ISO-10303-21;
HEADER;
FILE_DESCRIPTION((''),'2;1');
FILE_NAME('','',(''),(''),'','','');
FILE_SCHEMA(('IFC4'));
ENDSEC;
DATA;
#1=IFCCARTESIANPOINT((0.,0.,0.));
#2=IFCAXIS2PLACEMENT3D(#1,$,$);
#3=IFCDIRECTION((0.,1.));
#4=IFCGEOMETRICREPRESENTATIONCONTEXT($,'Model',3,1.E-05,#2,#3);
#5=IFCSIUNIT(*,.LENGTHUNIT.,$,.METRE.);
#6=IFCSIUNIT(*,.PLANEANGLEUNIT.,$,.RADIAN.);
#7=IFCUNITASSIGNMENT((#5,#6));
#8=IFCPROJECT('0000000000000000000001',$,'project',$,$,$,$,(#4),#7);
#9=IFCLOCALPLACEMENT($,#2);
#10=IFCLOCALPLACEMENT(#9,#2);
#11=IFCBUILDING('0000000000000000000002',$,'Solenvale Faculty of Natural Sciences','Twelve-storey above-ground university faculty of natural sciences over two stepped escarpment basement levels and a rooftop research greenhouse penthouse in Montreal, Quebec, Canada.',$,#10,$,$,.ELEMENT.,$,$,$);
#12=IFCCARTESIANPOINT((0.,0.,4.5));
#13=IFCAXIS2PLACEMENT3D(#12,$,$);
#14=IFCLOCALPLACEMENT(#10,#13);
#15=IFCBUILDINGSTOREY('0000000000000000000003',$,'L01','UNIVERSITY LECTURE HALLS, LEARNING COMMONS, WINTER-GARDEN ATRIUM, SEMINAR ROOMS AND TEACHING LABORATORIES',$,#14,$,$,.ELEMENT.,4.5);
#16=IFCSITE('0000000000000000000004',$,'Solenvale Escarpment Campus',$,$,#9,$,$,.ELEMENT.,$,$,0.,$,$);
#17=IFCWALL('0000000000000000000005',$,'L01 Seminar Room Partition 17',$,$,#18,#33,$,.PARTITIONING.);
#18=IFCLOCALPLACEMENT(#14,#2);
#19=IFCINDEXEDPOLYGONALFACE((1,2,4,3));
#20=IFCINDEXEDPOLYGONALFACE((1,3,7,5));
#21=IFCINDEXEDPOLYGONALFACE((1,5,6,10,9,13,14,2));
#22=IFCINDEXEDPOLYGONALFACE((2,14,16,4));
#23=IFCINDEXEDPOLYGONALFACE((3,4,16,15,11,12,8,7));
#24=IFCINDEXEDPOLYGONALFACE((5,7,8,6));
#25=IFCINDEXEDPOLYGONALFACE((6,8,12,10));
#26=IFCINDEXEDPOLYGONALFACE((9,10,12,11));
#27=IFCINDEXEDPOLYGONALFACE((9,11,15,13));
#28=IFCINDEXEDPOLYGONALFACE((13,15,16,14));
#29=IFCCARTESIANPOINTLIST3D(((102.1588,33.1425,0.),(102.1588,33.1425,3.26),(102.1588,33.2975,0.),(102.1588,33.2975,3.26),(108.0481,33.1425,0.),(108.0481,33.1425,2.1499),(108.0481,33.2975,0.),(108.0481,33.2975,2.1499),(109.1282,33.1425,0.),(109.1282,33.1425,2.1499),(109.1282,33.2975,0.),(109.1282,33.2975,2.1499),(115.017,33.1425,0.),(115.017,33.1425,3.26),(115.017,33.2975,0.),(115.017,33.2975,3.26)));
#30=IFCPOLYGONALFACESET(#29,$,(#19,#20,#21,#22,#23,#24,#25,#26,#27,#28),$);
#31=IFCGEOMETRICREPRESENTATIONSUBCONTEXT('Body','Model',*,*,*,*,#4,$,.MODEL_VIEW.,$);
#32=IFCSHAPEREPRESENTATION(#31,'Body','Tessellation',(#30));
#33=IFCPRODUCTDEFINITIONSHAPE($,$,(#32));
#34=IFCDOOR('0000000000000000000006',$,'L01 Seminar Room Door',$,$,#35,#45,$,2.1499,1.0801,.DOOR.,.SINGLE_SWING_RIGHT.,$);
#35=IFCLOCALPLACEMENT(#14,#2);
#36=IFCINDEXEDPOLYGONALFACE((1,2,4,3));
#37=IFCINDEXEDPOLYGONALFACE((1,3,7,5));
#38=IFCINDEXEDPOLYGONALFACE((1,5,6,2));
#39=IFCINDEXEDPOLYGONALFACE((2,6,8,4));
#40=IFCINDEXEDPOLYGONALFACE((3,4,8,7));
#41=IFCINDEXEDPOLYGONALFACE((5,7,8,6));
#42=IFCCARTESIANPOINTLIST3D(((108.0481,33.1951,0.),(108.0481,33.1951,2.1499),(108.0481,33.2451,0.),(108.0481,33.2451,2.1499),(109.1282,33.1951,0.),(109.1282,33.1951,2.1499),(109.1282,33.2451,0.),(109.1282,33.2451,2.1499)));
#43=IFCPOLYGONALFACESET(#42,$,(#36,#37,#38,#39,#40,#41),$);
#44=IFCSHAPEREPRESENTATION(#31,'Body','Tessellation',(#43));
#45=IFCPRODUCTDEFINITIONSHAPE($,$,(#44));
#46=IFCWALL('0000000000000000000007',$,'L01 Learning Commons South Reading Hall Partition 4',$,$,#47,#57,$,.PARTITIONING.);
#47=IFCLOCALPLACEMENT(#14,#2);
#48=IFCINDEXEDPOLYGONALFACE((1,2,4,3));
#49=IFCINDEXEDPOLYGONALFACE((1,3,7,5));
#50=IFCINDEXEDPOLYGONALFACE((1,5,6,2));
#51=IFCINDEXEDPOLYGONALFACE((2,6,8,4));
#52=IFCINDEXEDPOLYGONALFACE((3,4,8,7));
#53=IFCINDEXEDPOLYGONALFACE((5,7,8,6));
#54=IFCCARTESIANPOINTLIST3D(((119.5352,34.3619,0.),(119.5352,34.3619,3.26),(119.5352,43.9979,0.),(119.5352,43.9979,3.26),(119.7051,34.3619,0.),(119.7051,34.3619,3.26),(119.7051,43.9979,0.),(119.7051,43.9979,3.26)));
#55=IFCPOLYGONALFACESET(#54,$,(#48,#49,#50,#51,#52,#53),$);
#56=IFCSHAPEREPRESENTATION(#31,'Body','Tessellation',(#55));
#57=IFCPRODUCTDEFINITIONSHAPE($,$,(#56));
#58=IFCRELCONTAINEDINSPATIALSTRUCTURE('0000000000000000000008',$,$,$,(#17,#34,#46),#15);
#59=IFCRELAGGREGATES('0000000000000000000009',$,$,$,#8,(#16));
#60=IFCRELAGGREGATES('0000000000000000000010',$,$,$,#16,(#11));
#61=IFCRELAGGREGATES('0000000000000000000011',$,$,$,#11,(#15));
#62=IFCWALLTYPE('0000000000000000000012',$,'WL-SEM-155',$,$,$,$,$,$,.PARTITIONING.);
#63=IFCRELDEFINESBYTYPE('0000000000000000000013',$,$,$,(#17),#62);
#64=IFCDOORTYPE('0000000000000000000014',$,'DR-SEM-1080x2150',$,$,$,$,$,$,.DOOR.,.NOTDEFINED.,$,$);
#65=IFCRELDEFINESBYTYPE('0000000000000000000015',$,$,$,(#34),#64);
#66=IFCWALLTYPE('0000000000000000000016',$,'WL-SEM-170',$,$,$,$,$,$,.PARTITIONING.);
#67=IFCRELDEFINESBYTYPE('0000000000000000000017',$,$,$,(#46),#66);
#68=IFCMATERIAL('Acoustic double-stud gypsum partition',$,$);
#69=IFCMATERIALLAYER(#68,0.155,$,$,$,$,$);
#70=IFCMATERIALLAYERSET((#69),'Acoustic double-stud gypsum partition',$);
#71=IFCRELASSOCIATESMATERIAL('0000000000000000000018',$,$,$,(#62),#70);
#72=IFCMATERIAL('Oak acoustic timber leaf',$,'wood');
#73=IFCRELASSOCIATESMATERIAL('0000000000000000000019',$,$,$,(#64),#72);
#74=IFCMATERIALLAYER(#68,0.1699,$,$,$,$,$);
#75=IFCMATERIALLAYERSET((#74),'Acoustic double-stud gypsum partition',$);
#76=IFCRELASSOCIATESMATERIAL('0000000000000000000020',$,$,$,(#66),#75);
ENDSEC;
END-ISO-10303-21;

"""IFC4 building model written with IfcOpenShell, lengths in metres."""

from ifc_helpers import new_model, si_unit, direction, frame, frame_2d, origin, place, context, subcontext, project, spatial, rectangle, extrude, material, layer, layer_set, type_object, element, fill, save


model = new_model("IFC4")

# Units and contexts
model_context = context("Model", 3, precision=1e-05, world=origin(), true_north=direction((0.0, 1.0)))
body_context = subcontext(model_context, "Body", "Model", "MODEL_VIEW")
ifc_project = project(units=[si_unit("LENGTHUNIT", "METRE"), si_unit("PLANEANGLEUNIT", "RADIAN")], contexts=[model_context])

# Site, building, storey
site_placement = place(None, origin())
site = spatial("IfcSite", under=ifc_project, at=site_placement, Name="Solenvale Escarpment Campus", CompositionType="ELEMENT", RefElevation=0.0)
building_placement = place(site_placement, origin())
building = spatial("IfcBuilding", under=site, at=building_placement, Name="Solenvale Faculty of Natural Sciences", Description="Twelve-storey above-ground university faculty of natural sciences over two stepped escarpment basement levels and a rooftop research greenhouse penthouse in Montreal, Quebec, Canada.", CompositionType="ELEMENT")
storey_placement = place(building_placement, frame((0.0, 0.0, 4.5)))
storey = spatial("IfcBuildingStorey", under=building, at=storey_placement, Name="L01", Description="UNIVERSITY LECTURE HALLS, LEARNING COMMONS, WINTER-GARDEN ATRIUM, SEMINAR ROOMS AND TEACHING LABORATORIES", CompositionType="ELEMENT", Elevation=4.5)

# Wall, opening, door
ifc_material_1 = material(Name="Acoustic double-stud gypsum partition")
ifc_layer_1 = layer(ifc_material_1, 0.155)
ifc_layer_set_1 = layer_set([ifc_layer_1], Name="Acoustic double-stud gypsum partition")
wall_type_1 = type_object("IfcWallType", Name="WL-SEM-155", PredefinedType="PARTITIONING", material=ifc_layer_set_1)
wall_1_placement = place(storey_placement, frame((115.0171, 33.22, 0.0), z_axis=(0.0, 0.0, 1.0), x_axis=(-1.0, 0.0, 0.0)))
wall_1 = element("IfcWall", 1, at=wall_1_placement, inside=storey, type_object=wall_type_1, Name="L01 Seminar Room Partition 17", PredefinedType="PARTITIONING", context=body_context, shape_type="SweptSolid", body=[
    extrude(rectangle(XDim=12.8582, YDim=0.155, at=frame_2d((6.4292, 0.0))), origin(), (0.0, 0.0, 1.0), 3.26),
])
opening_1_placement = place(wall_1_placement, frame((5.8889, 0.0, 0.0)))
opening_1 = element("IfcOpeningElement", 2, at=opening_1_placement, cuts=wall_1, PredefinedType="OPENING", context=body_context, shape_type="SweptSolid", body=[
    extrude(rectangle(XDim=1.0801, YDim=2.1499, at=frame_2d((0.54, 1.075))), frame((0.0, 0.0874, 0.0), z_axis=(0.0, -1.0, 0.0), x_axis=(1.0, 0.0, 0.0)), (0.0, 0.0, 1.0), 0.175),
])
ifc_material_2 = material(Name="Oak acoustic timber leaf", Category="wood")
door_type = type_object("IfcDoorType", Name="DR-SEM-1080x2150", OperationType="NOTDEFINED", PredefinedType="DOOR", material=ifc_material_2)
door_placement = place(opening_1_placement, origin())
door = element("IfcDoor", 3, at=door_placement, inside=storey, type_object=door_type, Name="L01 Seminar Room Door", OperationType="SINGLE_SWING_RIGHT", OverallHeight=2.1499, OverallWidth=1.0801, PredefinedType="DOOR", context=body_context, shape_type="SweptSolid", body=[
    extrude(rectangle(XDim=1.0801, YDim=2.1499, at=frame_2d((0.54, 1.075))), frame((0.0, 0.0249, 0.0), z_axis=(0.0, -1.0, 0.0), x_axis=(1.0, 0.0, 0.0)), (0.0, 0.0, 1.0), 0.05),
])
fill(opening_1, door)

# Wall
ifc_layer_2 = layer(ifc_material_1, 0.1699)
ifc_layer_set_2 = layer_set([ifc_layer_2], Name="Acoustic double-stud gypsum partition")
wall_type_2 = type_object("IfcWallType", Name="WL-SEM-170", PredefinedType="PARTITIONING", material=ifc_layer_set_2)
wall_2_placement = place(storey_placement, frame((119.6201, 34.3621, 0.0), z_axis=(0.0, 0.0, 1.0), x_axis=(0.0, 1.0, 0.0)))
element("IfcWall", 4, at=wall_2_placement, inside=storey, type_object=wall_type_2, Name="L01 Learning Commons South Reading Hall Partition 4", PredefinedType="PARTITIONING", context=body_context, shape_type="SweptSolid", body=[
    extrude(rectangle(XDim=9.636, YDim=0.1699, at=frame_2d((4.8179, 0.0))), origin(), (0.0, 0.0, 1.0), 3.26),
])

save(model, "model.ifc")
